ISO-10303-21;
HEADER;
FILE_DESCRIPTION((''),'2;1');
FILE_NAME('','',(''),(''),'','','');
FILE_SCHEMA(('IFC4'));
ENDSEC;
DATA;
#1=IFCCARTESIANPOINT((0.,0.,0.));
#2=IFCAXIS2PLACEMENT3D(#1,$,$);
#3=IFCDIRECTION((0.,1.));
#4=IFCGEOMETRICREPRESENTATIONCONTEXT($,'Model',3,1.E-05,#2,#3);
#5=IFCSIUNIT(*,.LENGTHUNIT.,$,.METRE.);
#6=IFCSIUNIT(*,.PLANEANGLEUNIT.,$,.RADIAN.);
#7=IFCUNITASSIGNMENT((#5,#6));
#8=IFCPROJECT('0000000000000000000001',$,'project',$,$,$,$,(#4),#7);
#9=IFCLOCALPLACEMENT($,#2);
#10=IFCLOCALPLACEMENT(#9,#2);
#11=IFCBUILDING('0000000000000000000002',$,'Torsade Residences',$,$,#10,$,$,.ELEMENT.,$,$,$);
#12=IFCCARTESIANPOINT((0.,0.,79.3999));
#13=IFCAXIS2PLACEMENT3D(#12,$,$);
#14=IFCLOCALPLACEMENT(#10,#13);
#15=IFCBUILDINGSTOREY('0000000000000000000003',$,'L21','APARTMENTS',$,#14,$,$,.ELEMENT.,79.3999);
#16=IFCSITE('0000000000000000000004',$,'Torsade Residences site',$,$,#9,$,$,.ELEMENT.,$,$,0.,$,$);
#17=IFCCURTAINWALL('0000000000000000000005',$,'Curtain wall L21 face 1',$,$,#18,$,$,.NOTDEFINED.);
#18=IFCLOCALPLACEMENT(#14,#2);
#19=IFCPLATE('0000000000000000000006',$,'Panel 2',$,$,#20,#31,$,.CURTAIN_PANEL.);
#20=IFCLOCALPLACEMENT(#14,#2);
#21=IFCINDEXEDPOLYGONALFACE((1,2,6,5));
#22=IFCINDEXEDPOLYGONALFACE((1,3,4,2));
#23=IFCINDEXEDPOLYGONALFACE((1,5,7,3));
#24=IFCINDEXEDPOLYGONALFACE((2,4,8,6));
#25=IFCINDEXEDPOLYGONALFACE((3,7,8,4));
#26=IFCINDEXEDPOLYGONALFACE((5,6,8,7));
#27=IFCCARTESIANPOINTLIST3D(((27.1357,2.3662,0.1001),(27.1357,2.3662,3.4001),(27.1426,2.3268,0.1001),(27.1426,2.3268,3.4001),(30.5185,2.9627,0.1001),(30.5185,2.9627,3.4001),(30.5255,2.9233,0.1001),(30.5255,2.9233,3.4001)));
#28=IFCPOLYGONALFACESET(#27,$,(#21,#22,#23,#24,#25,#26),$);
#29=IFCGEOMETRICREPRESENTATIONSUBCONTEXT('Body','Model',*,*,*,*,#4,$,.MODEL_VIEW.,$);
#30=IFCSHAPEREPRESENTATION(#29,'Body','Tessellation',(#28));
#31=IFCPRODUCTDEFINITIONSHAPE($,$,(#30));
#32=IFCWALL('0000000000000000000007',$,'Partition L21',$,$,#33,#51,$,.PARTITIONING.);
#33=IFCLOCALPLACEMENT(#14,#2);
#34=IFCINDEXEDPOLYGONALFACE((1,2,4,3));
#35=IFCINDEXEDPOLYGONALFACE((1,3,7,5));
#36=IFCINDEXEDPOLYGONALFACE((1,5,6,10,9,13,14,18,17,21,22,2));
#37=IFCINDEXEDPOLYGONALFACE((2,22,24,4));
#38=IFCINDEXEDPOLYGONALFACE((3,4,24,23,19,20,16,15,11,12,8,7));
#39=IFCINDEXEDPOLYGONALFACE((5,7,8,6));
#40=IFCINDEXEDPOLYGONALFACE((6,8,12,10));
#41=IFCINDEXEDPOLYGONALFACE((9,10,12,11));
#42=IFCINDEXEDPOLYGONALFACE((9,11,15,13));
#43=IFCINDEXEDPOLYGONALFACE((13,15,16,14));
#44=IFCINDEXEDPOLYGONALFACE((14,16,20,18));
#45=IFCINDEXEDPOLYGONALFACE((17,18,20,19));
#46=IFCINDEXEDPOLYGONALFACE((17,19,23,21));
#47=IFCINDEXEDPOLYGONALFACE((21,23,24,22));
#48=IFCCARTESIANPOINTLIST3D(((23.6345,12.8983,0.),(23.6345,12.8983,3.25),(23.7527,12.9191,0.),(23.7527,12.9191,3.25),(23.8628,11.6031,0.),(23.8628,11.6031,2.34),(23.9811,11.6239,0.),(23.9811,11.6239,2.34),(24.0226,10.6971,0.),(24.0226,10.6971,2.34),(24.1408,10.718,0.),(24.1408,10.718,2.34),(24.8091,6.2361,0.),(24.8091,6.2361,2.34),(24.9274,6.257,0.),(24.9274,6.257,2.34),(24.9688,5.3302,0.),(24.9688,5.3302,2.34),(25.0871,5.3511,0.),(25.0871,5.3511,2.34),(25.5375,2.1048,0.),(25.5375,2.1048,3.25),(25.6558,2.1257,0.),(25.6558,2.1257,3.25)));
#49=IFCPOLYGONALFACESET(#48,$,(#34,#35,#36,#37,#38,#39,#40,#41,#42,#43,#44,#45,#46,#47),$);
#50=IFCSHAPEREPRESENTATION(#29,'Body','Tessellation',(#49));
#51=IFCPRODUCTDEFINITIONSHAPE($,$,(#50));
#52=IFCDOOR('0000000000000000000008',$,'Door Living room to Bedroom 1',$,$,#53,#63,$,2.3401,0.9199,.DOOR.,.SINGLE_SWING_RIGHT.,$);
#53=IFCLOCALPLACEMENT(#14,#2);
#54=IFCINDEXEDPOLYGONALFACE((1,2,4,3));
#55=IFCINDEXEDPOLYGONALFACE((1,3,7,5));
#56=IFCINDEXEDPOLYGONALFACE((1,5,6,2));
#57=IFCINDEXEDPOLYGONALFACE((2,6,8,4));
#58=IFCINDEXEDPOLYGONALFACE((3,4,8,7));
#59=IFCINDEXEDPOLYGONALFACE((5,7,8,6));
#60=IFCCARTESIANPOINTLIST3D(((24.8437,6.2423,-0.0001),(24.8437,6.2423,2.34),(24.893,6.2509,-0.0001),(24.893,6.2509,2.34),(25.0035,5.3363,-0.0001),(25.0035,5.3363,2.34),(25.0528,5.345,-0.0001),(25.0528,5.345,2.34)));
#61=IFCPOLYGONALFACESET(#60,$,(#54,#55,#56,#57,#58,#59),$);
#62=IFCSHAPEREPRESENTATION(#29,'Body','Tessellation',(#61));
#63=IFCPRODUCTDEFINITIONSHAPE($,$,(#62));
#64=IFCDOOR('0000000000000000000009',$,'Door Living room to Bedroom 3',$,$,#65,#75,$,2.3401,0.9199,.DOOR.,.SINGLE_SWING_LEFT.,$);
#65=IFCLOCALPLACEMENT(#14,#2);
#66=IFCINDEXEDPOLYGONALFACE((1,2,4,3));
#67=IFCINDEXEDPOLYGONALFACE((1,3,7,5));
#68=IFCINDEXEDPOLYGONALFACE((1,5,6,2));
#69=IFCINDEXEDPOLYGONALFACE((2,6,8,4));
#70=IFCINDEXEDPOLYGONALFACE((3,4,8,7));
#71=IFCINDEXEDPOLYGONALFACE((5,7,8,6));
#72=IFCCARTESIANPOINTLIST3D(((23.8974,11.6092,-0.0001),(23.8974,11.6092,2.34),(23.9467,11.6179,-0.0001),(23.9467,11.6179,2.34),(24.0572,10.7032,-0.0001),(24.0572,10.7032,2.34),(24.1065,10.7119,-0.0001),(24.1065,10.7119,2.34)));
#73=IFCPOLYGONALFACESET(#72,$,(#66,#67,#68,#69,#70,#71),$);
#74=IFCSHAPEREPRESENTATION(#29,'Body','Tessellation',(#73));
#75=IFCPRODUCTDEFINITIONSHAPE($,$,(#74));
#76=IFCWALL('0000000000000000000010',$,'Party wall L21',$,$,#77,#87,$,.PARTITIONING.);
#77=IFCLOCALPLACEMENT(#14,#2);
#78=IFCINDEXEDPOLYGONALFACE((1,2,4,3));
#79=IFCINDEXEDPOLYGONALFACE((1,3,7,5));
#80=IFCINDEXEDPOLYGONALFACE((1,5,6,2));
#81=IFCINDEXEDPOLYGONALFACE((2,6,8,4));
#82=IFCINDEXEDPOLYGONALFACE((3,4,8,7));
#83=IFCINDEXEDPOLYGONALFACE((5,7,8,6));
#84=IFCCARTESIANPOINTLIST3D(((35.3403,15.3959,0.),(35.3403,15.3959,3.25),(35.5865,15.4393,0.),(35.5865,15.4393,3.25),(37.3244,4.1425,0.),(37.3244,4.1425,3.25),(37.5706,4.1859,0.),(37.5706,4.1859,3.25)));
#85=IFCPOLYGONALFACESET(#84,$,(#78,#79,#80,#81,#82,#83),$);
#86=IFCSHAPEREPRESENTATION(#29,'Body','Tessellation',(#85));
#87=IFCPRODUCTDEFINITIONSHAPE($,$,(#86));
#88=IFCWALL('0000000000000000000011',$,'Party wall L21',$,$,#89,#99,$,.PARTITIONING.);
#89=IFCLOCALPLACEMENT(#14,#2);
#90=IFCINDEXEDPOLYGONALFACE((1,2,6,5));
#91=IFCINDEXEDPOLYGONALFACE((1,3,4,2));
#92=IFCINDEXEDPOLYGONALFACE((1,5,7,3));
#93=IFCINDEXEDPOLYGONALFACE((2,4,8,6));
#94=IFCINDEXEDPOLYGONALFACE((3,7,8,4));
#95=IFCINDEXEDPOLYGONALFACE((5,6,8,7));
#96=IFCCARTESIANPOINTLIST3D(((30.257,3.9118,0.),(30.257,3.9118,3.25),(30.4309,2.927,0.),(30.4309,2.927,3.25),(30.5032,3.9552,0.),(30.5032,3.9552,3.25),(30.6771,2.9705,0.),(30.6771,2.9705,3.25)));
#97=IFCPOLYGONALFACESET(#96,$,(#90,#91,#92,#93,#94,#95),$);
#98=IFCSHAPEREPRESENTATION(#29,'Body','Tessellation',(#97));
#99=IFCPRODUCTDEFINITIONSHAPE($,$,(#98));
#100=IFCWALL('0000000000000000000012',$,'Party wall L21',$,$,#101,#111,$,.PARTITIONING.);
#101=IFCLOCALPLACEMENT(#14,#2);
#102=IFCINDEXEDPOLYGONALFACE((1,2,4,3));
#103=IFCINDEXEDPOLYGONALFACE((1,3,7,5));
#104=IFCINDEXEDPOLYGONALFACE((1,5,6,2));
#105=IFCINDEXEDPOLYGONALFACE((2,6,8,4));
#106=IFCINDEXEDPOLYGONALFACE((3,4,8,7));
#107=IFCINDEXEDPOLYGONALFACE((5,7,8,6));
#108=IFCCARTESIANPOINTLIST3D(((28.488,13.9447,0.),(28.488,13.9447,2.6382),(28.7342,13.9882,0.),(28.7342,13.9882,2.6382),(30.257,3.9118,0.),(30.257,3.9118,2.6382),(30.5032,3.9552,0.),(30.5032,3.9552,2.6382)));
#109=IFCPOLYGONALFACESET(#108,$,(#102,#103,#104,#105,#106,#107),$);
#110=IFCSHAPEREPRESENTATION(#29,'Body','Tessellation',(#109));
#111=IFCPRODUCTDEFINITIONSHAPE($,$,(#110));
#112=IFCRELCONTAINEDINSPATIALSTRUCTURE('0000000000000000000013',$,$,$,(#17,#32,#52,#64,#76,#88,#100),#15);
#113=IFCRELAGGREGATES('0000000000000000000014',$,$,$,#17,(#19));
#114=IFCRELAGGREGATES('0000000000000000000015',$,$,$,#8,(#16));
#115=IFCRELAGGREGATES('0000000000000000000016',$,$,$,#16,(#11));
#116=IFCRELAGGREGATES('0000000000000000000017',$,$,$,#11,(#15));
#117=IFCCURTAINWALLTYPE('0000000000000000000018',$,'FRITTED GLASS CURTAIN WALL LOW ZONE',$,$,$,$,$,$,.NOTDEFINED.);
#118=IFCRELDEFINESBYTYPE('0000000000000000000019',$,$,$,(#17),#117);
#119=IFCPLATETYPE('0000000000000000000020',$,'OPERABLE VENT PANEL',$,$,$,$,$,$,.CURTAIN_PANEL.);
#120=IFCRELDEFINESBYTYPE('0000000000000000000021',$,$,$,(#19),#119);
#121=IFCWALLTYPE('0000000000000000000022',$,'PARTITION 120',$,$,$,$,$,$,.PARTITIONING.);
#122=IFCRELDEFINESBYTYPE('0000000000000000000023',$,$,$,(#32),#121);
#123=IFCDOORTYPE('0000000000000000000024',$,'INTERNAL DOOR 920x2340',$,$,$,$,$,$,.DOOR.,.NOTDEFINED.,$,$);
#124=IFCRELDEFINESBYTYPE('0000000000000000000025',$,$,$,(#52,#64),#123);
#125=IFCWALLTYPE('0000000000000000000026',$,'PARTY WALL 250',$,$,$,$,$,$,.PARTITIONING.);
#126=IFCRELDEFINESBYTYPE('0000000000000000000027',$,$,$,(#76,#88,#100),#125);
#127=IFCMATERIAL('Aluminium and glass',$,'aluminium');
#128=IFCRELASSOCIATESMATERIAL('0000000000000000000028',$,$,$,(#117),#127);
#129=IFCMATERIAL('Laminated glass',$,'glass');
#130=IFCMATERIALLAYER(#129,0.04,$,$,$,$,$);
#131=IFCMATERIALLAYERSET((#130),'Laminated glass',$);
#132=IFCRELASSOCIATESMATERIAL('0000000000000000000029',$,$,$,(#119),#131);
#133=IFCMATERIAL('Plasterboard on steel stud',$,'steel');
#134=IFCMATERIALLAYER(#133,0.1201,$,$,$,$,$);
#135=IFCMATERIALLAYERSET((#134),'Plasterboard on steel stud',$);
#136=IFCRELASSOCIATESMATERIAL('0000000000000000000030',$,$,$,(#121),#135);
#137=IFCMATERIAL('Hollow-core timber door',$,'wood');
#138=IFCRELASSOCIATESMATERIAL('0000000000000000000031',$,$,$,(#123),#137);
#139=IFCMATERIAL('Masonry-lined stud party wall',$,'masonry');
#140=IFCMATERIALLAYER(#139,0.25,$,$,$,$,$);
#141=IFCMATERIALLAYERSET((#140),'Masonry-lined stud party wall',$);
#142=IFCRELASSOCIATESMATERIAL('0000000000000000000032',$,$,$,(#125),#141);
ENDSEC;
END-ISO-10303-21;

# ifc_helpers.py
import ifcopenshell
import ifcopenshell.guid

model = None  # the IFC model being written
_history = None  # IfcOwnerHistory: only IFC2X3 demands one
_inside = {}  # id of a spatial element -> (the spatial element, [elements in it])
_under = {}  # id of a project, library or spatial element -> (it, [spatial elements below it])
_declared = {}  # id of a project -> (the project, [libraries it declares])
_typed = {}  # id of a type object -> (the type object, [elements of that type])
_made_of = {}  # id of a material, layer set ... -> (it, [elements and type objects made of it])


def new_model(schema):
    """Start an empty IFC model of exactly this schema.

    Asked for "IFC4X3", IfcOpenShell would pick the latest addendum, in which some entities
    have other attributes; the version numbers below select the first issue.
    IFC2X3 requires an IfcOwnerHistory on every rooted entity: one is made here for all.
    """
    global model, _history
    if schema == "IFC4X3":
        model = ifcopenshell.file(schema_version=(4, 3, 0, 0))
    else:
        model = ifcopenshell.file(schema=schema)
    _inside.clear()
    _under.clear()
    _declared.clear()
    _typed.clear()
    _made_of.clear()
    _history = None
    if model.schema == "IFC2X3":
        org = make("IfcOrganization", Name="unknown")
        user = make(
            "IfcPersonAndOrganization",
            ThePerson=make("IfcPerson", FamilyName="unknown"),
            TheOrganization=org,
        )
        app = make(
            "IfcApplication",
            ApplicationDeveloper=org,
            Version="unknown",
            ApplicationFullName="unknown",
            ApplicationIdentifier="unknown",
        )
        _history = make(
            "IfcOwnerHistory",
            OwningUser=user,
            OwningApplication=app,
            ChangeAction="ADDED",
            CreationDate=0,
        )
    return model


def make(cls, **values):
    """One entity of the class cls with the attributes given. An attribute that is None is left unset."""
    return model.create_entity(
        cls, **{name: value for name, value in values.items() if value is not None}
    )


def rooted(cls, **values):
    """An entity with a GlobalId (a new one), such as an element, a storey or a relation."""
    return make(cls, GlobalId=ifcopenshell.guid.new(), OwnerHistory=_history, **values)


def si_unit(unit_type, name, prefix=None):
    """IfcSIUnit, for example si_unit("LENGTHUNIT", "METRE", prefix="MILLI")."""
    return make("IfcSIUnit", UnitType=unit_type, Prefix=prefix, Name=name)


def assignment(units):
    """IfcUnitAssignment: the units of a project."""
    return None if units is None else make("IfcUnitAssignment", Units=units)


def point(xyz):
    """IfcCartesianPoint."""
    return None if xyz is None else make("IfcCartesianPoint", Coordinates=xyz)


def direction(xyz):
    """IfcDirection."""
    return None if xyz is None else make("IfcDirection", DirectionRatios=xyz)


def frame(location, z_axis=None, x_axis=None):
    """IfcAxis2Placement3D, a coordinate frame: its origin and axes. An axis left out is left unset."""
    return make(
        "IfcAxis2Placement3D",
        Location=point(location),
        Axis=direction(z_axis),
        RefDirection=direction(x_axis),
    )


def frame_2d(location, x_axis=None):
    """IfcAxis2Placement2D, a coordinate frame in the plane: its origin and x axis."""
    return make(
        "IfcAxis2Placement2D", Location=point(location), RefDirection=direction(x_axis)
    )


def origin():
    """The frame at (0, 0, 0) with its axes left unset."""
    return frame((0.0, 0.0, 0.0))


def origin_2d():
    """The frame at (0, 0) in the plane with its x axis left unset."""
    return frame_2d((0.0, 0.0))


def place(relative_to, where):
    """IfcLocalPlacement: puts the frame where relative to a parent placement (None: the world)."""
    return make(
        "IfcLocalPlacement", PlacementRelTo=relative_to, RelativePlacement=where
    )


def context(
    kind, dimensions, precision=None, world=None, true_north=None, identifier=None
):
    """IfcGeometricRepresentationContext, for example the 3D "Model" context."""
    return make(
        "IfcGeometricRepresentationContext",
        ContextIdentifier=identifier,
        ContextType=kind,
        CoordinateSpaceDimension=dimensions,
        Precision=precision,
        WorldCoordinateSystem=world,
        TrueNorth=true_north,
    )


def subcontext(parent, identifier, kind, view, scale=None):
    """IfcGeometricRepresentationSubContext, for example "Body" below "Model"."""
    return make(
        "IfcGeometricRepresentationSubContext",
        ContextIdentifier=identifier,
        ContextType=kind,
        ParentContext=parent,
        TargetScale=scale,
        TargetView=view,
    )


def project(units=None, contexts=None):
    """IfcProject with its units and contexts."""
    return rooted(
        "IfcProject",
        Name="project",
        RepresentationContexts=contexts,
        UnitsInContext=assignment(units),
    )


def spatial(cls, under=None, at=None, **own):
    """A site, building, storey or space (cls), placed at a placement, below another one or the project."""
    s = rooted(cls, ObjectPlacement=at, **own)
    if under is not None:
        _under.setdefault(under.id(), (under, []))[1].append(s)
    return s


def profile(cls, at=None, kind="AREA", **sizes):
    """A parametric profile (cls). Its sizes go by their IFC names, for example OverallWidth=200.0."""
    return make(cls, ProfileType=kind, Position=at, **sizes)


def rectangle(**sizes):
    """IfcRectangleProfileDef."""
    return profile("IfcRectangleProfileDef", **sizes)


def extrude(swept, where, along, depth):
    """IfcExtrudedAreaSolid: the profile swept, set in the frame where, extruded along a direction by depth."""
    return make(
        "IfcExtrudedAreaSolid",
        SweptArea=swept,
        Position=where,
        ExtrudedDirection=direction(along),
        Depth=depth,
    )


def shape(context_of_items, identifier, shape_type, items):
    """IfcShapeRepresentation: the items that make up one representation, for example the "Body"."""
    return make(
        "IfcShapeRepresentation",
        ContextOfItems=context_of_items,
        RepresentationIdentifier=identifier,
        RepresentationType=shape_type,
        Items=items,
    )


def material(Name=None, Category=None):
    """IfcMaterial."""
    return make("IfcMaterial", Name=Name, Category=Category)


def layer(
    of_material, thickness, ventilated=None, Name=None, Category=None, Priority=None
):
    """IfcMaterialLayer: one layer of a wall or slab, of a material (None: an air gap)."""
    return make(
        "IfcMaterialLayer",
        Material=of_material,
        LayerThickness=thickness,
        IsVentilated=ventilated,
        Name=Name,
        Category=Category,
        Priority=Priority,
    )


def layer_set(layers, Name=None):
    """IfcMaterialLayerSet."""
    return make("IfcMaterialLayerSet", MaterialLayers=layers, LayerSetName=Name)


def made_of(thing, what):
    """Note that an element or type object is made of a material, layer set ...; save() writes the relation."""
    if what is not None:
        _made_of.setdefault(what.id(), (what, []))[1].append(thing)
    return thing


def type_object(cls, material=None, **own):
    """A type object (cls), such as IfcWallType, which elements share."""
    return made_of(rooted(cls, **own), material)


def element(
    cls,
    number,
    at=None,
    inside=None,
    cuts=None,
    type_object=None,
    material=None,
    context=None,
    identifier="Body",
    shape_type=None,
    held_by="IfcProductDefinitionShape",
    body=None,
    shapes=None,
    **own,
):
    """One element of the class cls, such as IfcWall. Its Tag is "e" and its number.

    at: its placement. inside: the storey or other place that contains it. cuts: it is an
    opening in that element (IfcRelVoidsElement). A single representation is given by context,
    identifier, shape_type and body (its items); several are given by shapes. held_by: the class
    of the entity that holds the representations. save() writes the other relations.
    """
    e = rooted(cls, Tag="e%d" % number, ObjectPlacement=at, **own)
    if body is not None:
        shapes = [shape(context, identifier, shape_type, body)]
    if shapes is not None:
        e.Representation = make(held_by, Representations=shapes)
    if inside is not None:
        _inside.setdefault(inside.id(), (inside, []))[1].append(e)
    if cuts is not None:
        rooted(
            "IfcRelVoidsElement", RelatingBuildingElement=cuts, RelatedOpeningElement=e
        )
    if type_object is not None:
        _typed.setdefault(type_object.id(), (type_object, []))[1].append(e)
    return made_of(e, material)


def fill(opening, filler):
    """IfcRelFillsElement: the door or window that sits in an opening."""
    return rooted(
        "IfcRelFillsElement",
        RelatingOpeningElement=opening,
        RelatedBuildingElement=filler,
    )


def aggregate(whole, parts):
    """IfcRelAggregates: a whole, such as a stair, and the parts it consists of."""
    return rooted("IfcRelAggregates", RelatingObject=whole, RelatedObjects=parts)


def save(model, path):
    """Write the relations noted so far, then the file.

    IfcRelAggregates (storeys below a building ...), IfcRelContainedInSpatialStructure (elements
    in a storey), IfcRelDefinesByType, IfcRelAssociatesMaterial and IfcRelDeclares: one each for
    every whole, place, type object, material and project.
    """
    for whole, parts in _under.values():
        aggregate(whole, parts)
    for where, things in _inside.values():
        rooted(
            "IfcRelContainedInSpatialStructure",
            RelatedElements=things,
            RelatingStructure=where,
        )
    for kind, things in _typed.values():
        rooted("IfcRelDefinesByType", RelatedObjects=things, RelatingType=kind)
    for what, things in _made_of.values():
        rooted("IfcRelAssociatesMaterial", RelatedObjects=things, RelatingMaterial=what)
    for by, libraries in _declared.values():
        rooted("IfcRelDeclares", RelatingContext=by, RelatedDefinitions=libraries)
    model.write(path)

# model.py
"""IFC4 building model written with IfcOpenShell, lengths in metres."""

from ifc_helpers import new_model, si_unit, direction, frame, frame_2d, origin, origin_2d, place, context, subcontext, project, spatial, rectangle, extrude, material, layer, layer_set, type_object, element, fill, aggregate, save


model = new_model("IFC4")

# Units and contexts
model_context = context("Model", 3, precision=1e-05, world=origin(), true_north=direction((0.0, 1.0)))
body_context = subcontext(model_context, "Body", "Model", "MODEL_VIEW")
ifc_project = project(units=[si_unit("LENGTHUNIT", "METRE"), si_unit("PLANEANGLEUNIT", "RADIAN")], contexts=[model_context])

# Site, building, storey
site_placement = place(None, origin())
site = spatial("IfcSite", under=ifc_project, at=site_placement, Name="Torsade Residences site", CompositionType="ELEMENT", RefElevation=0.0)
building_placement = place(site_placement, origin())
building = spatial("IfcBuilding", under=site, at=building_placement, Name="Torsade Residences", CompositionType="ELEMENT")
storey_placement = place(building_placement, frame((0.0, 0.0, 79.3999)))
storey = spatial("IfcBuildingStorey", under=building, at=storey_placement, Name="L21", Description="APARTMENTS", CompositionType="ELEMENT", Elevation=79.3999)

# Curtain wall
ifc_material_1 = material(Name="Aluminium and glass", Category="aluminium")
curtain_wall_type = type_object("IfcCurtainWallType", Name="FRITTED GLASS CURTAIN WALL LOW ZONE", PredefinedType="NOTDEFINED", material=ifc_material_1)
curtain_wall_placement = place(storey_placement, origin())
curtain_wall = element("IfcCurtainWall", 1, at=curtain_wall_placement, inside=storey, type_object=curtain_wall_type, Name="Curtain wall L21 face 1", PredefinedType="NOTDEFINED")

# Plate
ifc_material_2 = material(Name="Laminated glass", Category="glass")
ifc_layer_1 = layer(ifc_material_2, 0.04)
ifc_layer_set_1 = layer_set([ifc_layer_1], Name="Laminated glass")
plate_type_1 = type_object("IfcPlateType", Name="OPERABLE VENT PANEL", PredefinedType="CURTAIN_PANEL", material=ifc_layer_set_1)
plate_1_placement = place(storey_placement, frame((28.8306, 2.6448, 0.1001), z_axis=(0.0, 0.0, 1.0), x_axis=(0.984808, 0.173648, 0.0)))
plate_1 = element("IfcPlate", 2, at=plate_1_placement, type_object=plate_type_1, Name="Panel 2", PredefinedType="CURTAIN_PANEL", context=body_context, shape_type="SweptSolid", body=[
    extrude(rectangle(XDim=3.4351, YDim=0.04, at=origin_2d()), origin(), (0.0, 0.0, 1.0), 3.3),
])
aggregate(curtain_wall, [plate_1])

# Wall, openings, doors
ifc_material_3 = material(Name="Plasterboard on steel stud", Category="steel")
ifc_layer_2 = layer(ifc_material_3, 0.1201)
ifc_layer_set_2 = layer_set([ifc_layer_2], Name="Plasterboard on steel stud")
wall_type_1 = type_object("IfcWallType", Name="PARTITION 120", PredefinedType="PARTITIONING", material=ifc_layer_set_2)
wall_1_placement = place(storey_placement, frame((25.5967, 2.1152, 0.0), z_axis=(0.0, 0.0, 1.0), x_axis=(-0.173639, 0.984809, 0.0)))
wall_1 = element("IfcWall", 3, at=wall_1_placement, inside=storey, type_object=wall_type_1, Name="Partition L21", PredefinedType="PARTITIONING", context=body_context, shape_type="SweptSolid", body=[
    extrude(rectangle(XDim=10.96, YDim=0.1201, at=frame_2d((5.48, 0.0))), origin(), (0.0, 0.0, 1.0), 3.25),
])
opening_1_placement = place(wall_1_placement, frame((3.2751, 0.0, 0.0)))
opening_1 = element("IfcOpeningElement", 4, at=opening_1_placement, cuts=wall_1, PredefinedType="OPENING", context=body_context, shape_type="SweptSolid", body=[
    extrude(rectangle(XDim=0.9199, YDim=2.3401, at=frame_2d((0.46, 1.1699))), frame((0.0, 0.0701, 0.0), z_axis=(0.0, -1.0, 0.0), x_axis=(1.0, 0.0, 0.0)), (0.0, 0.0, 1.0), 0.1401),
])
opening_2_placement = place(wall_1_placement, frame((8.7249, 0.0, 0.0)))
opening_2 = element("IfcOpeningElement", 5, at=opening_2_placement, cuts=wall_1, PredefinedType="OPENING", context=body_context, shape_type="SweptSolid", body=[
    extrude(rectangle(XDim=0.9199, YDim=2.3401, at=frame_2d((0.46, 1.1699))), frame((0.0, 0.0701, 0.0), z_axis=(0.0, -1.0, 0.0), x_axis=(1.0, 0.0, 0.0)), (0.0, 0.0, 1.0), 0.1401),
])
ifc_material_4 = material(Name="Hollow-core timber door", Category="wood")
door_type = type_object("IfcDoorType", Name="INTERNAL DOOR 920x2340", OperationType="NOTDEFINED", PredefinedType="DOOR", material=ifc_material_4)
door_1_placement = place(opening_1_placement, origin())
door_1 = element("IfcDoor", 6, at=door_1_placement, inside=storey, type_object=door_type, Name="Door Living room to Bedroom 1", OperationType="SINGLE_SWING_RIGHT", OverallHeight=2.3401, OverallWidth=0.9199, PredefinedType="DOOR", context=body_context, shape_type="SweptSolid", body=[
    extrude(rectangle(XDim=0.9199, YDim=2.3401, at=frame_2d((0.46, 1.1699))), frame((0.0, 0.0249, 0.0), z_axis=(0.0, -1.0, 0.0), x_axis=(1.0, 0.0, 0.0)), (0.0, 0.0, 1.0), 0.05),
])
fill(opening_1, door_1)
door_2_placement = place(opening_2_placement, origin())
door_2 = element("IfcDoor", 7, at=door_2_placement, inside=storey, type_object=door_type, Name="Door Living room to Bedroom 3", OperationType="SINGLE_SWING_LEFT", OverallHeight=2.3401, OverallWidth=0.9199, PredefinedType="DOOR", context=body_context, shape_type="SweptSolid", body=[
    extrude(rectangle(XDim=0.9199, YDim=2.3401, at=frame_2d((0.46, 1.1699))), frame((0.0, 0.0249, 0.0), z_axis=(0.0, -1.0, 0.0), x_axis=(1.0, 0.0, 0.0)), (0.0, 0.0, 1.0), 0.05),
])
fill(opening_2, door_2)

# Walls
ifc_material_5 = material(Name="Masonry-lined stud party wall", Category="masonry")
ifc_layer_3 = layer(ifc_material_5, 0.25)
ifc_layer_set_3 = layer_set([ifc_layer_3], Name="Masonry-lined stud party wall")
wall_type_2 = type_object("IfcWallType", Name="PARTY WALL 250", PredefinedType="PARTITIONING", material=ifc_layer_set_3)
wall_2_placement = place(storey_placement, frame((37.4475, 4.1643, 0.0), z_axis=(0.0, 0.0, 1.0), x_axis=(-0.173635, 0.98481, 0.0)))
element("IfcWall", 8, at=wall_2_placement, inside=storey, type_object=wall_type_2, Name="Party wall L21", PredefinedType="PARTITIONING", context=body_context, shape_type="SweptSolid", body=[
    extrude(rectangle(XDim=11.427, YDim=0.25, at=frame_2d((5.7134, 0.0))), origin(), (0.0, 0.0, 1.0), 3.25),
])
wall_3_placement = place(storey_placement, frame((30.554, 2.9487, 0.0), z_axis=(0.0, 0.0, 1.0), x_axis=(-0.173813, 0.984779, 0.0)))
element("IfcWall", 9, at=wall_3_placement, inside=storey, type_object=wall_type_2, Name="Party wall L21", PredefinedType="PARTITIONING", context=body_context, shape_type="SweptSolid", body=[
    extrude(rectangle(XDim=1.0, YDim=0.25, at=frame_2d((0.5, 0.0))), origin(), (0.0, 0.0, 1.0), 3.25),
])
wall_4_placement = place(storey_placement, frame((30.3801, 3.9336, 0.0), z_axis=(0.0, 0.0, 1.0), x_axis=(-0.173645, 0.984808, 0.0)))
element("IfcWall", 10, at=wall_4_placement, inside=storey, type_object=wall_type_2, Name="Party wall L21", PredefinedType="PARTITIONING", context=body_context, shape_type="SweptSolid", body=[
    extrude(rectangle(XDim=10.1877, YDim=0.25, at=frame_2d((5.0938, 0.0))), origin(), (0.0, 0.0, 1.0), 2.6382),
])

save(model, "model.ifc")
